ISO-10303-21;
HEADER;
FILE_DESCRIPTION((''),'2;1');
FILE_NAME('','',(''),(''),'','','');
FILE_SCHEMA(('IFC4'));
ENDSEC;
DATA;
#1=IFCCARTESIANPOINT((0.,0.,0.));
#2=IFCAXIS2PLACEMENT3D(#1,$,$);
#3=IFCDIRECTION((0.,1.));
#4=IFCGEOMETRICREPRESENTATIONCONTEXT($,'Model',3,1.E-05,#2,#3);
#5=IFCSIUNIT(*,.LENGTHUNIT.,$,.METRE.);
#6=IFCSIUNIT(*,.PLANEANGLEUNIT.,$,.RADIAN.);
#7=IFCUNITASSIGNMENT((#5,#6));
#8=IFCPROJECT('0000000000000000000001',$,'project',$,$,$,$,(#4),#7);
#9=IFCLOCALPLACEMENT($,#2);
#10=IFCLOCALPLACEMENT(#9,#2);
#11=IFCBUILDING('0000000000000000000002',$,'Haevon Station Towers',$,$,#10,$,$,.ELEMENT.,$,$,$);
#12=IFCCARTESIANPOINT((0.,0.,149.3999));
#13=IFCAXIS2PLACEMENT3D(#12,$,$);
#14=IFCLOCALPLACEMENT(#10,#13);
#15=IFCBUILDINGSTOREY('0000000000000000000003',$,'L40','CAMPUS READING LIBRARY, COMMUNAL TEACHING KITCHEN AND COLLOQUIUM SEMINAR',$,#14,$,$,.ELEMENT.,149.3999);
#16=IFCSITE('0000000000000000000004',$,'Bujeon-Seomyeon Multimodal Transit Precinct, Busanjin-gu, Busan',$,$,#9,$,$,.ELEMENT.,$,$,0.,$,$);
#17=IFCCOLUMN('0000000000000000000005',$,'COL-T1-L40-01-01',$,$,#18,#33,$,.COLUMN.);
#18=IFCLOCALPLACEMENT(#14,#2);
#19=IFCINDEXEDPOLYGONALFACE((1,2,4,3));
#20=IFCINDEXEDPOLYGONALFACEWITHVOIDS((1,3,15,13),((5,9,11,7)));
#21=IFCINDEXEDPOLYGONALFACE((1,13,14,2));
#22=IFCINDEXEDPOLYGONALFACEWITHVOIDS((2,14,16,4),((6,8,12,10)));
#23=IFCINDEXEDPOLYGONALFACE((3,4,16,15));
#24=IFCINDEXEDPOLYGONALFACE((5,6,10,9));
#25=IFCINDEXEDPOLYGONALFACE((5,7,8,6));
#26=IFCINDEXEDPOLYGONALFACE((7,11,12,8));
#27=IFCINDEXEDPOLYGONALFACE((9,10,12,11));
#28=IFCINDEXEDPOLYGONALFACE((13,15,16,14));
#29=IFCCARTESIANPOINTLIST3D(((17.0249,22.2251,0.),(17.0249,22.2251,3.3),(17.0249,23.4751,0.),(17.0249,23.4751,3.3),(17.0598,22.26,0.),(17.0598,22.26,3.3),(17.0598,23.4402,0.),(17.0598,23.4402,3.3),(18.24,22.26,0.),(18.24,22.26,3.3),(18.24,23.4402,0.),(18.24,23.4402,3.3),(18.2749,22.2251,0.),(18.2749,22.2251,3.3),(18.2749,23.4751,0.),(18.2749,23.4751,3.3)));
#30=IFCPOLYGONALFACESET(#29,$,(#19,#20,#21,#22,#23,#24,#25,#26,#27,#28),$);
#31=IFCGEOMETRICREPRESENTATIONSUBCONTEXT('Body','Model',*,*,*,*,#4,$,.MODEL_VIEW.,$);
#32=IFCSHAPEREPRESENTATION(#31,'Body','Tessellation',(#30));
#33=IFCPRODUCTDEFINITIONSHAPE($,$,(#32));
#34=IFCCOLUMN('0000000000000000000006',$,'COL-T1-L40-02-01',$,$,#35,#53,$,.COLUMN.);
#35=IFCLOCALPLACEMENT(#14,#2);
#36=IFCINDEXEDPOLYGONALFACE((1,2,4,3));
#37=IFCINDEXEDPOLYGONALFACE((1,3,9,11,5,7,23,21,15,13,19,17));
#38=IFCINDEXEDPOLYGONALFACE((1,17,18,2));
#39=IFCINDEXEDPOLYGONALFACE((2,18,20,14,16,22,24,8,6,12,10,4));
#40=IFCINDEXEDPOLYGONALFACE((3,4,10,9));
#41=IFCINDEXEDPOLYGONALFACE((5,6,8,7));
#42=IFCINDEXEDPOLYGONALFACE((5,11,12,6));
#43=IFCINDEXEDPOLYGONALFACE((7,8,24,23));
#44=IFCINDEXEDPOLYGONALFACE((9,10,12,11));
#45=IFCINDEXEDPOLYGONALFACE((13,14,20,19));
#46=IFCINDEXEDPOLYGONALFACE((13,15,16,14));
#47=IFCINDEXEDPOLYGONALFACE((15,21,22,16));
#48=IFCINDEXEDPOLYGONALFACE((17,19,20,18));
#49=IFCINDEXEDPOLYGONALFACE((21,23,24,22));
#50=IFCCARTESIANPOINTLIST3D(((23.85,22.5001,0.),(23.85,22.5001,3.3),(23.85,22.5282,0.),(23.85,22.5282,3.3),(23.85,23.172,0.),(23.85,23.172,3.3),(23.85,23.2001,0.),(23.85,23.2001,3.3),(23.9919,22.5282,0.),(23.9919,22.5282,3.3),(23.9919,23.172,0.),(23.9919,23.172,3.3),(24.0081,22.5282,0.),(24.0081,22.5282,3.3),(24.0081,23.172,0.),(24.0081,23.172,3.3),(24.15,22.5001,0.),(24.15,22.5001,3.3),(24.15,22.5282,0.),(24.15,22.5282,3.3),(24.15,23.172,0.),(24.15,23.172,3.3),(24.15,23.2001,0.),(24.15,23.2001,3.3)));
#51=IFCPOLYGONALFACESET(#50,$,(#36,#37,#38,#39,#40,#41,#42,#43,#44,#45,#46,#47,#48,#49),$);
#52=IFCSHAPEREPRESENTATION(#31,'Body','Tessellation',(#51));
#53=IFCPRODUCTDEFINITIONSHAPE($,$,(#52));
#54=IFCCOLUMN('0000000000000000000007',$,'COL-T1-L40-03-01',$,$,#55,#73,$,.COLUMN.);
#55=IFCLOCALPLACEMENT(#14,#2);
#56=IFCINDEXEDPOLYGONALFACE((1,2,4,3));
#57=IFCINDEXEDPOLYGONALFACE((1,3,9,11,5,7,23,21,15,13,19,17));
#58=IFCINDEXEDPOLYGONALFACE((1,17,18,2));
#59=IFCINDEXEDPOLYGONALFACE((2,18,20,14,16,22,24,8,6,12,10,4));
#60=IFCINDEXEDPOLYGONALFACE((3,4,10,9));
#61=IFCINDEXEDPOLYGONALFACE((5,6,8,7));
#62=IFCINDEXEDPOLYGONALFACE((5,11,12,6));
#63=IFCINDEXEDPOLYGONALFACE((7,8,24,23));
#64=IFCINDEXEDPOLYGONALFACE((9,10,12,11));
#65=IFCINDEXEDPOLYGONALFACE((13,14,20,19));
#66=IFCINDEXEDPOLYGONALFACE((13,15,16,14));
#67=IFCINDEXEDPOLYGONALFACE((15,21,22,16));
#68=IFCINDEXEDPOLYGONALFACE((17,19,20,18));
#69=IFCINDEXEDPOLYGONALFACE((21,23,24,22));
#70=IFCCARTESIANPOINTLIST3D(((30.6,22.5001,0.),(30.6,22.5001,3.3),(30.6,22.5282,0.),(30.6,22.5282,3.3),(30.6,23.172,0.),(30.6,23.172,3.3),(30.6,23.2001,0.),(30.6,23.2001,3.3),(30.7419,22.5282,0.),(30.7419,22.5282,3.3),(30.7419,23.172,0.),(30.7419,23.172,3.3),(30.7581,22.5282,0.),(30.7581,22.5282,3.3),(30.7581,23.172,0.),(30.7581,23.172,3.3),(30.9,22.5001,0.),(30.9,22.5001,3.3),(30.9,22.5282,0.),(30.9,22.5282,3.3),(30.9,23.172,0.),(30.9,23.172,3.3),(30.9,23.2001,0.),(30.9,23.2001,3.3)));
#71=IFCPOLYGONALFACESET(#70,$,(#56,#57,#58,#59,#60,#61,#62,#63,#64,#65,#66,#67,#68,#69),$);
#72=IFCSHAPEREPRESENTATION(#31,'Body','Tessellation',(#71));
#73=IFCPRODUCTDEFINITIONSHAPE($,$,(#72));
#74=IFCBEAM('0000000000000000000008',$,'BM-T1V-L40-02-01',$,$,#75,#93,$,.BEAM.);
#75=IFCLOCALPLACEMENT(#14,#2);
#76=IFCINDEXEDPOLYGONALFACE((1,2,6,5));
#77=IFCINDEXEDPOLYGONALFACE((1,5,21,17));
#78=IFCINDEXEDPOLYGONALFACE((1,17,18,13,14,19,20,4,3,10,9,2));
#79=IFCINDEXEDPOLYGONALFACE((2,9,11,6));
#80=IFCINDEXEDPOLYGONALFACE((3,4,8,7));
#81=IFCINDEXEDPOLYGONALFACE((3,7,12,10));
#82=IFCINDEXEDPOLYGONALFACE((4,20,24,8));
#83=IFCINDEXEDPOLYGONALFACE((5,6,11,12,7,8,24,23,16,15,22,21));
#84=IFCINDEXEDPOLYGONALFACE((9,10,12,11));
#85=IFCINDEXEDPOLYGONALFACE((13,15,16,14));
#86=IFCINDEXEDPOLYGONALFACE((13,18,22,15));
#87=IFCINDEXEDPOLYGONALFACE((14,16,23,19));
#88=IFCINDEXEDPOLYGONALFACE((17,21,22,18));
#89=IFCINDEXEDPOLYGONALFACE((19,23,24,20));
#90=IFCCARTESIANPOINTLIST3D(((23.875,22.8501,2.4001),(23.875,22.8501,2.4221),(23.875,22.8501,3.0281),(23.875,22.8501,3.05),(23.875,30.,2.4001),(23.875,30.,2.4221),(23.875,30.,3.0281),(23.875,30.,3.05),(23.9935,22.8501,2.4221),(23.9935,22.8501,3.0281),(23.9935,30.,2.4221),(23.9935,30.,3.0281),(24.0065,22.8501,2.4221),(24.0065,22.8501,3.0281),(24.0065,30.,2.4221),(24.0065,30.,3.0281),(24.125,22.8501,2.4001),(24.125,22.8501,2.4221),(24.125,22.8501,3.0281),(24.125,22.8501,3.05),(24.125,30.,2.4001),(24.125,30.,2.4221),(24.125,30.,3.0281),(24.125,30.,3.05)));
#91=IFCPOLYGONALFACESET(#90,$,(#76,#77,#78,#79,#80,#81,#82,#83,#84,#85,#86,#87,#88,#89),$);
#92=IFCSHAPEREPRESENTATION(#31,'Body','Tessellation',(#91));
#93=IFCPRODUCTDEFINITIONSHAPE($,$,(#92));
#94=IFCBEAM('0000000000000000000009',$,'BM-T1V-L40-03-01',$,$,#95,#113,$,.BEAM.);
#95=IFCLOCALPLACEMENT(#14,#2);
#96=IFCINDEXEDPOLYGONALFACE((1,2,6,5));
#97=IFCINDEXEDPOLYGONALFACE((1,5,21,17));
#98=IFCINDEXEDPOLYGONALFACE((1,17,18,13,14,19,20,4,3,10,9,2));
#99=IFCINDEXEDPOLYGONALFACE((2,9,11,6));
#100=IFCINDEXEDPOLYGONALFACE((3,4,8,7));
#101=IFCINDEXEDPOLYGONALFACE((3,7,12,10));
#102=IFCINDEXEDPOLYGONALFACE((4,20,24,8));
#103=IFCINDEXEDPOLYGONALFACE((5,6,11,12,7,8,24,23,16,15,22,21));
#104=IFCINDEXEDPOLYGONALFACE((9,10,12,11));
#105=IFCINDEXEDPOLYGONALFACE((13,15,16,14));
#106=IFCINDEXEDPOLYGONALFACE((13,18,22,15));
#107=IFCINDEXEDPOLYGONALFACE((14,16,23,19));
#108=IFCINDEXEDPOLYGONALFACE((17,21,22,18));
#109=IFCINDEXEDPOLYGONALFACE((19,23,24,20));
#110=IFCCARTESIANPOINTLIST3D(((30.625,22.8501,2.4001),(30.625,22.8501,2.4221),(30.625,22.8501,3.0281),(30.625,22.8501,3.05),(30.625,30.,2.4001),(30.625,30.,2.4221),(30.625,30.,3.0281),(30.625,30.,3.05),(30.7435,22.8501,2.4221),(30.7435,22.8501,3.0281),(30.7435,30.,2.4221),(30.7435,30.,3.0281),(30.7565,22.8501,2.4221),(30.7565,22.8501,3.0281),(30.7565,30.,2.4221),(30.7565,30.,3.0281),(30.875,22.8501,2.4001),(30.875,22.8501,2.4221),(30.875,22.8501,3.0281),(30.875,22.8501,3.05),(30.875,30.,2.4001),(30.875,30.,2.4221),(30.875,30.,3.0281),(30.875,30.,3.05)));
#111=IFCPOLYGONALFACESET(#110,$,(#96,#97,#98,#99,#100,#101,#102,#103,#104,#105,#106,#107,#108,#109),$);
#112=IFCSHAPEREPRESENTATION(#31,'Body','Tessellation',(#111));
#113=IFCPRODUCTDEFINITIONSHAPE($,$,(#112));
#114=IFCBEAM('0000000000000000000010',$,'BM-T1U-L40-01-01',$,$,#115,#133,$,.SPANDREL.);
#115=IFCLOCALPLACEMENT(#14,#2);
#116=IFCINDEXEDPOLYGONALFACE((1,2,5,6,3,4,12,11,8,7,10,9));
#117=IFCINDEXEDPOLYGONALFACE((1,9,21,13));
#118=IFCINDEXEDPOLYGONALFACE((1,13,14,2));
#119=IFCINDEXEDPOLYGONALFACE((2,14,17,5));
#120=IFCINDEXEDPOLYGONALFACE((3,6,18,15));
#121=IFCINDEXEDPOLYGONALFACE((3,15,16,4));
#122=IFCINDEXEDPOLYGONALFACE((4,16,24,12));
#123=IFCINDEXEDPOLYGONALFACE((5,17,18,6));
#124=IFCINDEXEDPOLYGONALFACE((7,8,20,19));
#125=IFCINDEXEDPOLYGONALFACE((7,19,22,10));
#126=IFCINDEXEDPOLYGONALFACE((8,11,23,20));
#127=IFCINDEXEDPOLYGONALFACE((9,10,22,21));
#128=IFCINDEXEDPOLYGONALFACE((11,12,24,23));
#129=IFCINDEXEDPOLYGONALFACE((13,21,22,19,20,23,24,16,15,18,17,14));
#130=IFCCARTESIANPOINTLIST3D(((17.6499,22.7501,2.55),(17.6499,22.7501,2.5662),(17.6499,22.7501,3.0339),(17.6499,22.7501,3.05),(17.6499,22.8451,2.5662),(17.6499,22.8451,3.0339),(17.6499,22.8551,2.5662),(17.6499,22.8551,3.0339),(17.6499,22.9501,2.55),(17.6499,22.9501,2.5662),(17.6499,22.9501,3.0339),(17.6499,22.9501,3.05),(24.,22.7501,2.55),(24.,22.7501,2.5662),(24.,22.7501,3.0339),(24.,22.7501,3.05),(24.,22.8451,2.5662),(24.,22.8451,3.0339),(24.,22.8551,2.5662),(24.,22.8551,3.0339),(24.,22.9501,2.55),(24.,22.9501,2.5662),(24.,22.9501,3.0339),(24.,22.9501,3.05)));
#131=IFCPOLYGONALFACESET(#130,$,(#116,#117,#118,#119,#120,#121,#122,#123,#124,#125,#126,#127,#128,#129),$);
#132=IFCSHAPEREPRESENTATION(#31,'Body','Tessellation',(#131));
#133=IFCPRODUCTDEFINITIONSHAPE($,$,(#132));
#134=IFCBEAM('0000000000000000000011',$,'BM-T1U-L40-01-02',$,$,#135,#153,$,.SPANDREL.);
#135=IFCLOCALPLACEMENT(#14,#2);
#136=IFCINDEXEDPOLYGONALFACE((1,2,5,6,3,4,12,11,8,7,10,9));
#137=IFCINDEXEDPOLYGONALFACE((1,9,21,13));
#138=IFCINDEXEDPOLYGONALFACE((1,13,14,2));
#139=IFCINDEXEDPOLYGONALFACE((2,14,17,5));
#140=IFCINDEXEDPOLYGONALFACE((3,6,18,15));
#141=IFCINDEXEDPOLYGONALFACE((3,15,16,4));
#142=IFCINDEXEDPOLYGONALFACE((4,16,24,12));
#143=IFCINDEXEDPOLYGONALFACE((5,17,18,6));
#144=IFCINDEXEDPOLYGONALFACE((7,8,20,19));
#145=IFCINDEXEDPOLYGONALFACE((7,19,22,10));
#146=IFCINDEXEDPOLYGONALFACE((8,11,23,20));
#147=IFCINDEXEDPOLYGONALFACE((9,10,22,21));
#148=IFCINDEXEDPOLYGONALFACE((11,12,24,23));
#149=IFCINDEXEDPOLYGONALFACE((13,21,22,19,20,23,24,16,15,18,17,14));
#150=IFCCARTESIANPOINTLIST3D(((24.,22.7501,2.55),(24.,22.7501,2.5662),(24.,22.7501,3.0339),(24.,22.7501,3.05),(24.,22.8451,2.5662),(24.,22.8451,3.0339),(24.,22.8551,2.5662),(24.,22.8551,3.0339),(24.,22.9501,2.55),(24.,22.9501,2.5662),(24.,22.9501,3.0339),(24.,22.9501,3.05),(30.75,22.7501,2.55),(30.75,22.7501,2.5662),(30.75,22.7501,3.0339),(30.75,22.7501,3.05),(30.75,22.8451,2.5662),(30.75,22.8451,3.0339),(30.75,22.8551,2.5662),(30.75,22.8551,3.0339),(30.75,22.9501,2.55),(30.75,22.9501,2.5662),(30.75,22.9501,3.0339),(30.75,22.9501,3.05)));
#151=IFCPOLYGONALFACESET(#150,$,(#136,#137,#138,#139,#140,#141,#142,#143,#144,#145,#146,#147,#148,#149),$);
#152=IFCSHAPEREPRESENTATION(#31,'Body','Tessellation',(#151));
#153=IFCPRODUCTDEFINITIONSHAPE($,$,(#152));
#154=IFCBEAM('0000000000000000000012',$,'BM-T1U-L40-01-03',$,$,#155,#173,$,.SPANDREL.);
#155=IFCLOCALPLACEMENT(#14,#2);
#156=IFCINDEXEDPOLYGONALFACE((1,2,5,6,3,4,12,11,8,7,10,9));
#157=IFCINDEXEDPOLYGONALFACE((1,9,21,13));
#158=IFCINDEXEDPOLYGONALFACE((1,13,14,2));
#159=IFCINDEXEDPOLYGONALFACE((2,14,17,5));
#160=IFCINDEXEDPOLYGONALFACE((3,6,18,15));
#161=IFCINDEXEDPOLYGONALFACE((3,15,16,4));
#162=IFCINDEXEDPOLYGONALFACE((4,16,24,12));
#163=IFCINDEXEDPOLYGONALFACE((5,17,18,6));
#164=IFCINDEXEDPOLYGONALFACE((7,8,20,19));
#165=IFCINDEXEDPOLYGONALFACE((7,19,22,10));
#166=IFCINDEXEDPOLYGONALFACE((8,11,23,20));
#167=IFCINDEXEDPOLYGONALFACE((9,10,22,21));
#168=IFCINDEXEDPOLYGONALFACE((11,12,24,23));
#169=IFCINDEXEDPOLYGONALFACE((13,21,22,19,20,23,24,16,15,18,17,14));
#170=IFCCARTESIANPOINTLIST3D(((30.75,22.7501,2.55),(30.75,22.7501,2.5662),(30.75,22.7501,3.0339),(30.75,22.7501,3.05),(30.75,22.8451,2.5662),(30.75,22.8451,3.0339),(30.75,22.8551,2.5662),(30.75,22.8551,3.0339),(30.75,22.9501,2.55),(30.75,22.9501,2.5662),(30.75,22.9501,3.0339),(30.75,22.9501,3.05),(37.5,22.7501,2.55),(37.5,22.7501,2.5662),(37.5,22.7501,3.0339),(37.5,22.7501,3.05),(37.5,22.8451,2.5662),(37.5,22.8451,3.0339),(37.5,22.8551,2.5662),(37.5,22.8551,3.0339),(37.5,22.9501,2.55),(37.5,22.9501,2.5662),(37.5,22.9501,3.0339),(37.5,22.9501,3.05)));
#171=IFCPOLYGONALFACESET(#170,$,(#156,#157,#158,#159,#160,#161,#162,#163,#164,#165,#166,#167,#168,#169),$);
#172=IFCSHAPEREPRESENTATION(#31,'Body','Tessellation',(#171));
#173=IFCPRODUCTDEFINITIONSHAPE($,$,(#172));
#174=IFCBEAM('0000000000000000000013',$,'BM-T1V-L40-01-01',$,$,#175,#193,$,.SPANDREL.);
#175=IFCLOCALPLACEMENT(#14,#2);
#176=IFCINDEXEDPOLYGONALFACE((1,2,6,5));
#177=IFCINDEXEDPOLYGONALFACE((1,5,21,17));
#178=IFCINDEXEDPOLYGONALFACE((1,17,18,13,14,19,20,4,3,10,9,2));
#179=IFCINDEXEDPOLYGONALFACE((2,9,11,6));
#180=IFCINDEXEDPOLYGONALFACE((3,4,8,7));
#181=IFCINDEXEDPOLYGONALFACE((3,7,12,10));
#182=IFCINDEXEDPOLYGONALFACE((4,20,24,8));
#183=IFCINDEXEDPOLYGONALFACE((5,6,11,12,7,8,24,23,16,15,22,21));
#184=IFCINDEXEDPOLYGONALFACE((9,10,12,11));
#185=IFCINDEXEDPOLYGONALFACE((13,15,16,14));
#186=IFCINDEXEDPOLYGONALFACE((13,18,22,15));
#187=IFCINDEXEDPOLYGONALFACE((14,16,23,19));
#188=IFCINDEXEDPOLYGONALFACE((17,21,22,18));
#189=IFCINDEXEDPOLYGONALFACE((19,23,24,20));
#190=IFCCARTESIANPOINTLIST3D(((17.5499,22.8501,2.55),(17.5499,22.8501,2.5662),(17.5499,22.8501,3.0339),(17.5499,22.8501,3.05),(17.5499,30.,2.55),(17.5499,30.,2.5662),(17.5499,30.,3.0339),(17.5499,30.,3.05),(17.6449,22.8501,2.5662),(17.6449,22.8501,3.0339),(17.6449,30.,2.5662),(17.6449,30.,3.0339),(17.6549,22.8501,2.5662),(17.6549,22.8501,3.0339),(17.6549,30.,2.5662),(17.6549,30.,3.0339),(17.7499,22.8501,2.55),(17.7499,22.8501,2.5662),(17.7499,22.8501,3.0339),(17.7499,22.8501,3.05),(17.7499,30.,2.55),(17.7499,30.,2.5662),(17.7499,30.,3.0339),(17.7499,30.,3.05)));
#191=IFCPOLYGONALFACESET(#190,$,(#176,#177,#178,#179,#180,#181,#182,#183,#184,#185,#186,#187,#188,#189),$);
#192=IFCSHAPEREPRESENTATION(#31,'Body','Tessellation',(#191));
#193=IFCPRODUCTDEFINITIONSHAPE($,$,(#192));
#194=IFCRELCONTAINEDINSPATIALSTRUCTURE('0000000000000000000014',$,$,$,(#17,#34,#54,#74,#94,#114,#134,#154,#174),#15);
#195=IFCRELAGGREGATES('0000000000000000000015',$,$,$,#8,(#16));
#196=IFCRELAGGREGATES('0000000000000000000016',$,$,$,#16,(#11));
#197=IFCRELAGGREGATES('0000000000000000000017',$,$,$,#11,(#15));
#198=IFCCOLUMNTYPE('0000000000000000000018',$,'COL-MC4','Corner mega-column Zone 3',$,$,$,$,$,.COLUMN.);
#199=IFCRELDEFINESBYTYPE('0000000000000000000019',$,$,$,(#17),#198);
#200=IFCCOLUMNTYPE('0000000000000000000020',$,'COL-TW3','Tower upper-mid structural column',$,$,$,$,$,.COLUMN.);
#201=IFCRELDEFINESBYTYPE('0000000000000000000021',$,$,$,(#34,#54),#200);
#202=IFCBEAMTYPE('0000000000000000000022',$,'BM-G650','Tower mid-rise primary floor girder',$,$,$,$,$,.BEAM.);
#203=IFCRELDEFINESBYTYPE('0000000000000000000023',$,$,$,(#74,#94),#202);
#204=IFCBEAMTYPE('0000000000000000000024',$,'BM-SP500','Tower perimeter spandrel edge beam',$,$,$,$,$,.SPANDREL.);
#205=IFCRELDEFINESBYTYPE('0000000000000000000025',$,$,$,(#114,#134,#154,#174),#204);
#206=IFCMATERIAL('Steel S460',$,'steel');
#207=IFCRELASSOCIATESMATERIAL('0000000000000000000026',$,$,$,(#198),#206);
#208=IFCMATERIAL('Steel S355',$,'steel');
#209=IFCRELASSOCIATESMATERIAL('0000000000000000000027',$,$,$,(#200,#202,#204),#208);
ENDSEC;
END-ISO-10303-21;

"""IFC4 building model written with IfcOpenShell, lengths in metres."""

from ifc_helpers import new_model, si_unit, direction, frame, origin, origin_2d, place, context, subcontext, project, spatial, hollow_rectangle, i_section, extrude, material, material_profile, profile_set, type_object, element, save


model = new_model("IFC4")

# Units and contexts
model_context = context("Model", 3, precision=1e-05, world=origin(), true_north=direction((0.0, 1.0)))
body_context = subcontext(model_context, "Body", "Model", "MODEL_VIEW")
ifc_project = project(units=[si_unit("LENGTHUNIT", "METRE"), si_unit("PLANEANGLEUNIT", "RADIAN")], contexts=[model_context])

# Site, building, storey
site_placement = place(None, origin())
site = spatial("IfcSite", under=ifc_project, at=site_placement, Name="Bujeon-Seomyeon Multimodal Transit Precinct, Busanjin-gu, Busan", CompositionType="ELEMENT", RefElevation=0.0)
building_placement = place(site_placement, origin())
building = spatial("IfcBuilding", under=site, at=building_placement, Name="Haevon Station Towers", CompositionType="ELEMENT")
storey_placement = place(building_placement, frame((0.0, 0.0, 149.3999)))
storey = spatial("IfcBuildingStorey", under=building, at=storey_placement, Name="L40", Description="CAMPUS READING LIBRARY, COMMUNAL TEACHING KITCHEN AND COLLOQUIUM SEMINAR", CompositionType="ELEMENT", Elevation=149.3999)

# Columns
ifc_material_1 = material(Name="Steel S460", Category="steel")
ifc_material_profile_1 = material_profile(ifc_material_1, hollow_rectangle(XDim=1.25, YDim=1.25, WallThickness=0.0349, at=origin_2d()), Name="BOX-1250x1250x35")
ifc_profile_set_1 = profile_set([ifc_material_profile_1], Name="Steel S460")
column_type_1 = type_object("IfcColumnType", Name="COL-MC4", Description="Corner mega-column Zone 3", PredefinedType="COLUMN", material=ifc_profile_set_1)
column_placement = place(storey_placement, frame((17.6499, 22.8501, 0.0), z_axis=(0.0, 0.0, 1.0), x_axis=(1.0, 0.0, 0.0)))
element("IfcColumn", 1, at=column_placement, inside=storey, type_object=column_type_1, Name="COL-T1-L40-01-01", PredefinedType="COLUMN", context=body_context, shape_type="SweptSolid", body=[
    extrude(hollow_rectangle(XDim=1.25, YDim=1.25, WallThickness=0.0349, at=origin_2d()), origin(), (0.0, 0.0, 1.0), 3.3),
])
ifc_material_2 = material(Name="Steel S355", Category="steel")
ifc_material_profile_2 = material_profile(ifc_material_2, i_section(OverallWidth=0.3, OverallDepth=0.7, WebThickness=0.0161, FlangeThickness=0.0281, at=origin_2d()), Name="H-700x300x16x28")
ifc_profile_set_2 = profile_set([ifc_material_profile_2], Name="Steel S355")
column_type_2 = type_object("IfcColumnType", Name="COL-TW3", Description="Tower upper-mid structural column", PredefinedType="COLUMN", material=ifc_profile_set_2)
for number, where, z_axis, x_axis, name in (
    (2, (24.0, 22.8501, 0.0), (0.0, 0.0, 1.0), (1.0, 0.0, 0.0), "COL-T1-L40-02-01"),
    (3, (30.75, 22.8501, 0.0), (0.0, 0.0, 1.0), (1.0, 0.0, 0.0), "COL-T1-L40-03-01"),
):
    element("IfcColumn", number, at=place(storey_placement, frame(where, z_axis=z_axis, x_axis=x_axis)), inside=storey, type_object=column_type_2, Name=name, PredefinedType="COLUMN", context=body_context, shape_type="SweptSolid", body=[
        extrude(i_section(OverallWidth=0.3, OverallDepth=0.7, WebThickness=0.0161, FlangeThickness=0.0281, at=origin_2d()), origin(), (0.0, 0.0, 1.0), 3.3),
    ])

# Beams
ifc_material_profile_3 = material_profile(ifc_material_2, i_section(OverallWidth=0.25, OverallDepth=0.6499, WebThickness=0.0129, FlangeThickness=0.022, at=origin_2d()), Name="H-650x250x13x22")
ifc_profile_set_3 = profile_set([ifc_material_profile_3], Name="Steel S355")
beam_type_1 = type_object("IfcBeamType", Name="BM-G650", Description="Tower mid-rise primary floor girder", PredefinedType="BEAM", material=ifc_profile_set_3)
for number, where, z_axis, x_axis, name in (
    (4, (24.0, 22.8501, 2.7251), (0.0, 1.0, 0.0), (-1.0, 0.0, 0.0), "BM-T1V-L40-02-01"),
    (5, (30.75, 22.8501, 2.7251), (0.0, 1.0, 0.0), (-1.0, 0.0, 0.0), "BM-T1V-L40-03-01"),
):
    element("IfcBeam", number, at=place(storey_placement, frame(where, z_axis=z_axis, x_axis=x_axis)), inside=storey, type_object=beam_type_1, Name=name, PredefinedType="BEAM", context=body_context, shape_type="SweptSolid", body=[
        extrude(i_section(OverallWidth=0.25, OverallDepth=0.6499, WebThickness=0.0129, FlangeThickness=0.022, at=origin_2d()), origin(), (0.0, 0.0, 1.0), 7.1499),
    ])
ifc_material_profile_4 = material_profile(ifc_material_2, i_section(OverallWidth=0.2, OverallDepth=0.5, WebThickness=0.01, FlangeThickness=0.0161, at=origin_2d()), Name="H-500x200x10x16")
ifc_profile_set_4 = profile_set([ifc_material_profile_4], Name="Steel S355")
beam_type_2 = type_object("IfcBeamType", Name="BM-SP500", Description="Tower perimeter spandrel edge beam", PredefinedType="SPANDREL", material=ifc_profile_set_4)
beam_1_placement = place(storey_placement, frame((17.6499, 22.8501, 2.8), z_axis=(1.0, 0.0, 0.0), x_axis=(0.0, 1.0, 0.0)))
element("IfcBeam", 6, at=beam_1_placement, inside=storey, type_object=beam_type_2, Name="BM-T1U-L40-01-01", PredefinedType="SPANDREL", context=body_context, shape_type="SweptSolid", body=[
    extrude(i_section(OverallWidth=0.2, OverallDepth=0.5, WebThickness=0.01, FlangeThickness=0.0161, at=origin_2d()), origin(), (0.0, 0.0, 1.0), 6.3501),
])
for number, where, z_axis, x_axis, name in (
    (7, (24.0, 22.8501, 2.8), (1.0, 0.0, 0.0), (0.0, 1.0, 0.0), "BM-T1U-L40-01-02"),
    (8, (30.75, 22.8501, 2.8), (1.0, 0.0, 0.0), (0.0, 1.0, 0.0), "BM-T1U-L40-01-03"),
):
    element("IfcBeam", number, at=place(storey_placement, frame(where, z_axis=z_axis, x_axis=x_axis)), inside=storey, type_object=beam_type_2, Name=name, PredefinedType="SPANDREL", context=body_context, shape_type="SweptSolid", body=[
        extrude(i_section(OverallWidth=0.2, OverallDepth=0.5, WebThickness=0.01, FlangeThickness=0.0161, at=origin_2d()), origin(), (0.0, 0.0, 1.0), 6.75),
    ])
beam_2_placement = place(storey_placement, frame((17.6499, 22.8501, 2.8), z_axis=(0.0, 1.0, 0.0), x_axis=(-1.0, 0.0, 0.0)))
element("IfcBeam", 9, at=beam_2_placement, inside=storey, type_object=beam_type_2, Name="BM-T1V-L40-01-01", PredefinedType="SPANDREL", context=body_context, shape_type="SweptSolid", body=[
    extrude(i_section(OverallWidth=0.2, OverallDepth=0.5, WebThickness=0.01, FlangeThickness=0.0161, at=origin_2d()), origin(), (0.0, 0.0, 1.0), 7.1499),
])

save(model, "model.ifc")
